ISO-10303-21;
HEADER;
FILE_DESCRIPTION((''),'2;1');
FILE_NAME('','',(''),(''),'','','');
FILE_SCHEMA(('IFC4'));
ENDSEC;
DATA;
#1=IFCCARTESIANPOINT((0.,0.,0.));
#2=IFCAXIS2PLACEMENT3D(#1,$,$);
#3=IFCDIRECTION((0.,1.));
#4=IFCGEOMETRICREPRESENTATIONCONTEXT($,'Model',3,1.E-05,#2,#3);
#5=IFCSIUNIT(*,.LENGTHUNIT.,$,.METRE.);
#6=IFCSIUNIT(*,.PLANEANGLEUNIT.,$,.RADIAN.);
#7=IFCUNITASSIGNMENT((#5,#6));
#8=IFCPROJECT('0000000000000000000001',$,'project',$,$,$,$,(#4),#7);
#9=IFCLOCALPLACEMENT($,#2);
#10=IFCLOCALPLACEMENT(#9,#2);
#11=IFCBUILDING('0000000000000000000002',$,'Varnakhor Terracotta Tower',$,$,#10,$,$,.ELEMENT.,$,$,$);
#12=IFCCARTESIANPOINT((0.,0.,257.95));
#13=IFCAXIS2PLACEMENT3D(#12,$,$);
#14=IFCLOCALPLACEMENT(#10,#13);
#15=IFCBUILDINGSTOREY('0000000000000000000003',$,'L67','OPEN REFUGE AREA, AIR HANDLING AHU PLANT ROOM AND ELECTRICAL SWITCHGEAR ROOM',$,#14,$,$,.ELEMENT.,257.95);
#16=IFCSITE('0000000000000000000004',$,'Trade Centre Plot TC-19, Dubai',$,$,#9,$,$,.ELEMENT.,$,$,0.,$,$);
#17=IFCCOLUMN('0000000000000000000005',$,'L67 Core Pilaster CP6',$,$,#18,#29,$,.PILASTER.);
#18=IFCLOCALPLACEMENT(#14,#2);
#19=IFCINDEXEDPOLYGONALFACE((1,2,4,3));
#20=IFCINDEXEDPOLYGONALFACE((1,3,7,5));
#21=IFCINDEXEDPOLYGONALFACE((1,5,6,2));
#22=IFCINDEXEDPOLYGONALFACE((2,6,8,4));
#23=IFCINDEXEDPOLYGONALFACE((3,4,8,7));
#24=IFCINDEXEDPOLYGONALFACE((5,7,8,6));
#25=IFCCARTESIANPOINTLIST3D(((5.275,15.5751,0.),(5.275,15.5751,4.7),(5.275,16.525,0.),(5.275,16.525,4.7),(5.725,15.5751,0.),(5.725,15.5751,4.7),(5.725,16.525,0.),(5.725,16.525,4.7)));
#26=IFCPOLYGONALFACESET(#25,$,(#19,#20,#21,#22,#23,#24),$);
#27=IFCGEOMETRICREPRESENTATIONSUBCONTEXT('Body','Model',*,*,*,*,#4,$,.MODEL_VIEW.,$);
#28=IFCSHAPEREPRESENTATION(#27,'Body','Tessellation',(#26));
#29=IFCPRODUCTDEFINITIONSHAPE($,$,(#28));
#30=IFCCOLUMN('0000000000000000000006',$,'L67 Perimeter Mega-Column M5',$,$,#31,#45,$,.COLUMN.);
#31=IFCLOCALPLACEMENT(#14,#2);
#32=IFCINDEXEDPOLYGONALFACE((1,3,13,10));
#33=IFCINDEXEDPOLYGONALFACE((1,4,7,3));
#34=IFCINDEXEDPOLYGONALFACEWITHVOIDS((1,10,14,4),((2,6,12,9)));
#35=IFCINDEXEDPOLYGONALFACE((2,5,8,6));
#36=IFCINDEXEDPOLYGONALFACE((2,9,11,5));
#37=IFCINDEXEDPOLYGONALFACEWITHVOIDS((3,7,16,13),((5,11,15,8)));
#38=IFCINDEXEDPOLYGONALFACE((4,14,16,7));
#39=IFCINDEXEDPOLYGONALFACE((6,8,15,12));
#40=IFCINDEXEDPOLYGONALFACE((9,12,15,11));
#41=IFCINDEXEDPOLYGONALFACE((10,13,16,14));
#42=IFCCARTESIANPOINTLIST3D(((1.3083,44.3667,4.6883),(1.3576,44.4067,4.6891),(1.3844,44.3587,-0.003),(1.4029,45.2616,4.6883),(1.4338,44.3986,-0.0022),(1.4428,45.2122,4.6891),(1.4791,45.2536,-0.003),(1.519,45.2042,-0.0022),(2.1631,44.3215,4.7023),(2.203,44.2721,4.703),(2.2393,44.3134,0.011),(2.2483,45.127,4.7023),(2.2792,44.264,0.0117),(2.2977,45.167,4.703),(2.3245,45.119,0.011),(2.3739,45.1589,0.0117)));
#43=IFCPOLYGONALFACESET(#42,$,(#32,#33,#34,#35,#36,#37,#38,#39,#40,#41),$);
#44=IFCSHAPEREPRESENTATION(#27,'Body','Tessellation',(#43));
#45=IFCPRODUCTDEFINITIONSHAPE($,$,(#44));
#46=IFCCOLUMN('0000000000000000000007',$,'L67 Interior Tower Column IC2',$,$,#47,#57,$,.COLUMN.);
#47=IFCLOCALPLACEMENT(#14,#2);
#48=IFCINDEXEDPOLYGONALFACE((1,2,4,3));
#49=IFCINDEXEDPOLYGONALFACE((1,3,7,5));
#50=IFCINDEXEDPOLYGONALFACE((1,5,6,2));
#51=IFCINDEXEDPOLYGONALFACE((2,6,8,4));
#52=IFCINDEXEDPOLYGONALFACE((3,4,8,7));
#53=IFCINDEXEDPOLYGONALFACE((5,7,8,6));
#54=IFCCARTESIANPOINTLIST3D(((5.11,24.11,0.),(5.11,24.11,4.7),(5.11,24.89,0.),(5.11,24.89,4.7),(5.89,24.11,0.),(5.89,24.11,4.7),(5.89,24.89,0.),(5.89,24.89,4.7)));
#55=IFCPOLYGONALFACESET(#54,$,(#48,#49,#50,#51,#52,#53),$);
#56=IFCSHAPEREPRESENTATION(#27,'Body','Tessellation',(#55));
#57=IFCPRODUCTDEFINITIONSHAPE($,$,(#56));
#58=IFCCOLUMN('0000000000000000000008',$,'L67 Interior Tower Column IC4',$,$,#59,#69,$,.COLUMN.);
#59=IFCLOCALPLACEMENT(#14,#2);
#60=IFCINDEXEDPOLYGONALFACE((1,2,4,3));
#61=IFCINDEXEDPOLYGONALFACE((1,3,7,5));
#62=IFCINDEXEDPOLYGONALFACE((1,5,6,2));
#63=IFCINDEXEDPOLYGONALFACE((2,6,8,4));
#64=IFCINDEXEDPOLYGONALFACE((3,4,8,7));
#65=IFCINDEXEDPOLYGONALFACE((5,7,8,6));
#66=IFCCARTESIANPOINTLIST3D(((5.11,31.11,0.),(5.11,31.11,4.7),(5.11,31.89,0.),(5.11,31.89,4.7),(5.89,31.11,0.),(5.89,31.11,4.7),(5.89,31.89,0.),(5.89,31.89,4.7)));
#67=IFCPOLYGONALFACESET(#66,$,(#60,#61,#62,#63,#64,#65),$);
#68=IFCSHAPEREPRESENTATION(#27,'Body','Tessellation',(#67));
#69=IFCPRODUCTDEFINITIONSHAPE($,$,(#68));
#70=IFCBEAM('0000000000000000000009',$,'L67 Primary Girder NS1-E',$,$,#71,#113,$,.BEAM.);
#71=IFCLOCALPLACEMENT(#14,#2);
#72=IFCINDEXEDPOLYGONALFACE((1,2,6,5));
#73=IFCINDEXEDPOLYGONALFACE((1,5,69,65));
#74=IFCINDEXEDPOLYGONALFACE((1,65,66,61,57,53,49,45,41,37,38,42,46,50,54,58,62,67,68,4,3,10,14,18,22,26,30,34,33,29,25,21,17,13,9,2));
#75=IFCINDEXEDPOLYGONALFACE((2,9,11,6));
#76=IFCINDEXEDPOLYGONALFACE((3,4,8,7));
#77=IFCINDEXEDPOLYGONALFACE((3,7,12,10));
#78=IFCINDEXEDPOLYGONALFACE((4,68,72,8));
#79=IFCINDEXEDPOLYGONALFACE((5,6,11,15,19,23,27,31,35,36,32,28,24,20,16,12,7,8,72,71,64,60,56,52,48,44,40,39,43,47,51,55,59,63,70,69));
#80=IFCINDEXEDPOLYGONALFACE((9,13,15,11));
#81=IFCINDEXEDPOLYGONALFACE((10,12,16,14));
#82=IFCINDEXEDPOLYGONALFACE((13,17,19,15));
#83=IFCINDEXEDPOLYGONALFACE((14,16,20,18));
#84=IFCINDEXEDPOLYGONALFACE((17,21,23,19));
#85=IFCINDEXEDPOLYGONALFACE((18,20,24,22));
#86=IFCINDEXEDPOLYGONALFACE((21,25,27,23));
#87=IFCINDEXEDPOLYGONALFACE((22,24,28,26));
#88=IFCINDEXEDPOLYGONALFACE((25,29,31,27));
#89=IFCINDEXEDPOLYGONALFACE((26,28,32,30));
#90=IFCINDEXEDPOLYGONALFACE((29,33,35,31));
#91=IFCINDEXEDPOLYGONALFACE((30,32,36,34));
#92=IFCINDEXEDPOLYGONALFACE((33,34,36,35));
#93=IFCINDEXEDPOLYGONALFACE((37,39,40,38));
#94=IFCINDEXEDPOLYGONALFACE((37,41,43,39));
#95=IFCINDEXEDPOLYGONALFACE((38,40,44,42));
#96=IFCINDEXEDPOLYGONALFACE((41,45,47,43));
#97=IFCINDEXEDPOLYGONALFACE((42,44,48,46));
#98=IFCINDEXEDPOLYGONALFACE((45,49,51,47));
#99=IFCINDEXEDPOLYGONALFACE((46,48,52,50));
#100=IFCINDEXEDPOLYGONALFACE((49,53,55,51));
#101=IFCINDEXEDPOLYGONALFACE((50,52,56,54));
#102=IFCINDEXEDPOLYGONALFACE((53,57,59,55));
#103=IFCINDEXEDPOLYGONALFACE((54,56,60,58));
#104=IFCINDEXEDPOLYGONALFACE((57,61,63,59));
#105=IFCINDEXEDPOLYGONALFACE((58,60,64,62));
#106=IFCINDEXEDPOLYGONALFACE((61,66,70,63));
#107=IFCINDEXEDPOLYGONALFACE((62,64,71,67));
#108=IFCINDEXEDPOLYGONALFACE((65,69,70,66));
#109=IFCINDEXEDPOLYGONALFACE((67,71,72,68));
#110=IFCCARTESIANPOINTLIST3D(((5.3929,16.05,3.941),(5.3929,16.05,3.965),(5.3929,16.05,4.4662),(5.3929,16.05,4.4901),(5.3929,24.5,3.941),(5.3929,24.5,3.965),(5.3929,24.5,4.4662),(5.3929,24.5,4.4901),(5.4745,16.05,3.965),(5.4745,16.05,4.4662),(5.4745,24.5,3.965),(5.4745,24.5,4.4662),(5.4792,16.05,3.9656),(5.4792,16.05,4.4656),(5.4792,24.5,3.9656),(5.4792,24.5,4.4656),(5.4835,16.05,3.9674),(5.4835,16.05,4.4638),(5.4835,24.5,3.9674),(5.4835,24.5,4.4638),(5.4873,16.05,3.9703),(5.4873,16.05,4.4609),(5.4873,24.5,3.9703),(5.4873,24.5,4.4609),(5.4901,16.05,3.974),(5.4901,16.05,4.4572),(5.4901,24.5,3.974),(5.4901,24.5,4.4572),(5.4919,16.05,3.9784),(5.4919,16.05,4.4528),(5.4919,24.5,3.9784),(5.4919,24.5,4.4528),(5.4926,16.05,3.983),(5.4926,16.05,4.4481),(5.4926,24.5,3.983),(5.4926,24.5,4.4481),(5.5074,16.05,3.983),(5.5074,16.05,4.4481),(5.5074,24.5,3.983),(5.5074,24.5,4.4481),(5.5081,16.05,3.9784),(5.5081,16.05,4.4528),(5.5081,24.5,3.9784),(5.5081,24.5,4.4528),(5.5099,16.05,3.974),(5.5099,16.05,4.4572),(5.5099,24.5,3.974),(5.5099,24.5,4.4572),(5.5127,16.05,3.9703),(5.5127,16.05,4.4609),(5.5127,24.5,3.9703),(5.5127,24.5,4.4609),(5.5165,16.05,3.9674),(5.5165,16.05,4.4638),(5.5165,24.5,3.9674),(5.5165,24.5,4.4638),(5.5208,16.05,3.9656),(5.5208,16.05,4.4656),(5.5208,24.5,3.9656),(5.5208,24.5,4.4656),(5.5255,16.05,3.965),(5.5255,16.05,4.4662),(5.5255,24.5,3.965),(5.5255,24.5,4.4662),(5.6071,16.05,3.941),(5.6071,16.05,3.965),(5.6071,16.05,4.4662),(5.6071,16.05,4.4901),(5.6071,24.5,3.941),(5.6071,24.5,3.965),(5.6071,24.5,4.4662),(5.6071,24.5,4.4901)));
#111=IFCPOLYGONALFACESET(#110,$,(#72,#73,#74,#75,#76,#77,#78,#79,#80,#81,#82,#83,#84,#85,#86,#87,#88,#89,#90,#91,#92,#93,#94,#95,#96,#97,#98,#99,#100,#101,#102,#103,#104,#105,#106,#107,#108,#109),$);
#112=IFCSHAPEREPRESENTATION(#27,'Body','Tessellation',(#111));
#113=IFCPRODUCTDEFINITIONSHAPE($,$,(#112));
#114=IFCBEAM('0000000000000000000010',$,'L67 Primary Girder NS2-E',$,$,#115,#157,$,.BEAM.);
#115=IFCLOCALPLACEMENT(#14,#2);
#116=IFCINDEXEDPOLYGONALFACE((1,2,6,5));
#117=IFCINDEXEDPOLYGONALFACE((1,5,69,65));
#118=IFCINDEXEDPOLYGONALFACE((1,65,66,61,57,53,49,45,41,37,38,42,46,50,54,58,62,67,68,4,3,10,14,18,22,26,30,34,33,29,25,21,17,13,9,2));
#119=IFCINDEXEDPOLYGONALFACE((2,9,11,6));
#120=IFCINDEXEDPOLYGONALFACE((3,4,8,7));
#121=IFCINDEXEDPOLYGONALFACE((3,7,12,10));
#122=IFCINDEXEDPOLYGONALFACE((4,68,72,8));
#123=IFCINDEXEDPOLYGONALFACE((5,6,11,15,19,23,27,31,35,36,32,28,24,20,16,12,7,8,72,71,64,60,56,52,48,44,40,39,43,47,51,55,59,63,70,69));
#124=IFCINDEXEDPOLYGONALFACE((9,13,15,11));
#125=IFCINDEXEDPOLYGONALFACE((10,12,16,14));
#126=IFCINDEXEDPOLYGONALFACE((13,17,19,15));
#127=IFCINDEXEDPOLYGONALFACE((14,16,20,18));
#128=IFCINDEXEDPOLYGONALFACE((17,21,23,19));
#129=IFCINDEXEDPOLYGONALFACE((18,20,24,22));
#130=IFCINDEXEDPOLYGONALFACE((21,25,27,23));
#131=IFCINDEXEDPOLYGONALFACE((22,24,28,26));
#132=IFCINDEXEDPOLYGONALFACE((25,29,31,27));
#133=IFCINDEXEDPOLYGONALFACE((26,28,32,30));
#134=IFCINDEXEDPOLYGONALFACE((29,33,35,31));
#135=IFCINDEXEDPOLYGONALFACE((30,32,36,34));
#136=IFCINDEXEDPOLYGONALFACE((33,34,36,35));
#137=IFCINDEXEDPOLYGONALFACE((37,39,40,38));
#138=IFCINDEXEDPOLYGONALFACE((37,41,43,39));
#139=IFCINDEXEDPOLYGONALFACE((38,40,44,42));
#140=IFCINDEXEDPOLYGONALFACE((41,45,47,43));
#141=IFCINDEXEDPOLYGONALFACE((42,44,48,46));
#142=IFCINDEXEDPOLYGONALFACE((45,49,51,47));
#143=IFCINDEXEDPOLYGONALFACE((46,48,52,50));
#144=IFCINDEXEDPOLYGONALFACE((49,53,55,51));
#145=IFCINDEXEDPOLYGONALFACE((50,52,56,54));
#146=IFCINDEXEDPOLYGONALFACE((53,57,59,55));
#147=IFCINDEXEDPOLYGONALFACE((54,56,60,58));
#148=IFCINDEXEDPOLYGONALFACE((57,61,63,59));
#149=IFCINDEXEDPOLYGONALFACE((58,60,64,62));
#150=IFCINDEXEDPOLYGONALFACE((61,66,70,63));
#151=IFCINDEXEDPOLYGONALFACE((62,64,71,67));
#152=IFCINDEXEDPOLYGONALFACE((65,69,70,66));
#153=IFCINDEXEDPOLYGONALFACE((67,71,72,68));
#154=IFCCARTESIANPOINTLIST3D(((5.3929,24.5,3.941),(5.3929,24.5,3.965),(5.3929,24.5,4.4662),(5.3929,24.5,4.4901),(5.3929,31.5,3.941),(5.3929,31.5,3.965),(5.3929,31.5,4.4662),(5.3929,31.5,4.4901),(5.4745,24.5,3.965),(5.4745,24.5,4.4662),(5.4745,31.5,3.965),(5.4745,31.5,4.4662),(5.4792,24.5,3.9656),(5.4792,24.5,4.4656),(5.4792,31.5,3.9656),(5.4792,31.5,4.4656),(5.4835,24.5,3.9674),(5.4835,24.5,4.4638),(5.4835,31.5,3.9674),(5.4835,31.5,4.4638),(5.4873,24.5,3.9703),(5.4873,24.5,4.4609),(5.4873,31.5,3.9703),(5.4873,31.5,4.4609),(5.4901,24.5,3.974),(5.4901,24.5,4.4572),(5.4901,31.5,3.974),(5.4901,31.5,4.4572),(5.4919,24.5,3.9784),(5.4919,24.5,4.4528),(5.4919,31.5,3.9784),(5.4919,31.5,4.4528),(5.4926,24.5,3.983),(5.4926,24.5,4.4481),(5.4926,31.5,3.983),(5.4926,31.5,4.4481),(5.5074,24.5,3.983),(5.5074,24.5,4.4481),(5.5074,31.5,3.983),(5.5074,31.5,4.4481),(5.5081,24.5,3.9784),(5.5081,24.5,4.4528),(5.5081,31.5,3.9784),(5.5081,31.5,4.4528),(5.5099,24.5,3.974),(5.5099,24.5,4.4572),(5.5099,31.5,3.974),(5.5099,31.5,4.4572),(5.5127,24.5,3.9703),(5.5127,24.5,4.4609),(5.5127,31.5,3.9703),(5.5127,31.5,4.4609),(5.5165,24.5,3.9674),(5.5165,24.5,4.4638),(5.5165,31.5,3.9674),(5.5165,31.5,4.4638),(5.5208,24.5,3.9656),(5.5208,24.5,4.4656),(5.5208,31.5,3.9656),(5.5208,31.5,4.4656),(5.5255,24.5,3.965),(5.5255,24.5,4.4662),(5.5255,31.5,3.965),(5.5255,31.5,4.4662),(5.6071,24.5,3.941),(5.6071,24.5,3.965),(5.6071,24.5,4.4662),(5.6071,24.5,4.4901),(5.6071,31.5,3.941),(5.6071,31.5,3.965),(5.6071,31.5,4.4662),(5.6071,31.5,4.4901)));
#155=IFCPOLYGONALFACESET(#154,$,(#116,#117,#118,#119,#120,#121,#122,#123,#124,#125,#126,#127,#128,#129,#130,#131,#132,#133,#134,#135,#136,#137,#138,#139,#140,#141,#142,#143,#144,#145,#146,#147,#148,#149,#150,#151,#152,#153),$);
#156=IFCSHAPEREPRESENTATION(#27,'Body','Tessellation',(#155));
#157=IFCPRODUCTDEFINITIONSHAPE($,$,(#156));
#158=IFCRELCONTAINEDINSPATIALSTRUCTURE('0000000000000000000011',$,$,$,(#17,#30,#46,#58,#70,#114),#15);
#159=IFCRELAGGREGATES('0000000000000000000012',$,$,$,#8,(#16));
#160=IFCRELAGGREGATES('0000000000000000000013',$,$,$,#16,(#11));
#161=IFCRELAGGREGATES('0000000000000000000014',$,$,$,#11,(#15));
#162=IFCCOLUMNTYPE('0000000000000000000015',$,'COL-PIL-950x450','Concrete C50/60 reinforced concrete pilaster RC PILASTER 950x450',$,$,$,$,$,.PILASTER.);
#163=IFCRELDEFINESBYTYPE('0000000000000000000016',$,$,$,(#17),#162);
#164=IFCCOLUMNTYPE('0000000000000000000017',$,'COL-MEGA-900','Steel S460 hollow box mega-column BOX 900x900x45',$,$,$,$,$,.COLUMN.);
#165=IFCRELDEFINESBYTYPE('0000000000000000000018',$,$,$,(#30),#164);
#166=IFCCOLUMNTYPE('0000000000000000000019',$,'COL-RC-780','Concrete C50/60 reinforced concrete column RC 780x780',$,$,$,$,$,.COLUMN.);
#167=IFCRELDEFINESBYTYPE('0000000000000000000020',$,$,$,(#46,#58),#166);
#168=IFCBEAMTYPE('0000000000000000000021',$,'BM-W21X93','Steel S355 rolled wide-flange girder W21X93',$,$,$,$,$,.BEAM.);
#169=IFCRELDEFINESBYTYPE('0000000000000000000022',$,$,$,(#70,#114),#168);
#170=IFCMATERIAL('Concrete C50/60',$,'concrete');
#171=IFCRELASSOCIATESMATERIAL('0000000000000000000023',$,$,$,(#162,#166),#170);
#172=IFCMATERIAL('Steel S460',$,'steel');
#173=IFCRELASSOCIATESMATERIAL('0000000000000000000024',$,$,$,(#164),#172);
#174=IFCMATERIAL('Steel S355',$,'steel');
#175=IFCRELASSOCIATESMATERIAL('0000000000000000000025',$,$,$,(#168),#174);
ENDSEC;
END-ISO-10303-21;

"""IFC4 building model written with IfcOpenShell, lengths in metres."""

from ifc_helpers import new_model, si_unit, direction, frame, origin, origin_2d, place, context, subcontext, project, spatial, rectangle, hollow_rectangle, i_section, extrude, source, transform, mapped, material, material_profile, profile_set, type_object, type_shapes, element, save


model = new_model("IFC4")

# Units and contexts
model_context = context("Model", 3, precision=1e-05, world=origin(), true_north=direction((0.0, 1.0)))
body_context = subcontext(model_context, "Body", "Model", "MODEL_VIEW")
ifc_project = project(units=[si_unit("LENGTHUNIT", "METRE"), si_unit("PLANEANGLEUNIT", "RADIAN")], contexts=[model_context])

# Site, building, storey
site_placement = place(None, origin())
site = spatial("IfcSite", under=ifc_project, at=site_placement, Name="Trade Centre Plot TC-19, Dubai", CompositionType="ELEMENT", RefElevation=0.0)
building_placement = place(site_placement, origin())
building = spatial("IfcBuilding", under=site, at=building_placement, Name="Varnakhor Terracotta Tower", CompositionType="ELEMENT")
storey_placement = place(building_placement, frame((0.0, 0.0, 257.95)))
storey = spatial("IfcBuildingStorey", under=building, at=storey_placement, Name="L67", Description="OPEN REFUGE AREA, AIR HANDLING AHU PLANT ROOM AND ELECTRICAL SWITCHGEAR ROOM", CompositionType="ELEMENT", Elevation=257.95)

# Columns
ifc_material_1 = material(Name="Concrete C50/60", Category="concrete")
ifc_material_profile_1 = material_profile(ifc_material_1, rectangle(XDim=0.45, YDim=0.95, at=origin_2d()), Name="RC PILASTER 950x450")
ifc_profile_set_1 = profile_set([ifc_material_profile_1], Name="Concrete C50/60")
column_type_1 = type_object("IfcColumnType", Name="COL-PIL-950x450", Description="Concrete C50/60 reinforced concrete pilaster RC PILASTER 950x450", PredefinedType="PILASTER", material=ifc_profile_set_1)
shared_shape_1 = source(origin(), body_context, "Body", "SweptSolid", [
    extrude(rectangle(XDim=0.45, YDim=0.95, at=origin_2d()), origin(), (0.0, 0.0, 1.0), 4.7),
])
column_1_placement = place(storey_placement, frame((5.5, 16.05, 0.0), z_axis=(0.0, 0.0, 1.0), x_axis=(1.0, 0.0, 0.0)))
element("IfcColumn", 1, at=column_1_placement, inside=storey, type_object=column_type_1, Name="L67 Core Pilaster CP6", PredefinedType="PILASTER", context=body_context, shape_type="MappedRepresentation", body=[
    mapped(shared_shape_1, transform((0.0, 0.0, 0.0), scale=1.0)),
])
ifc_material_2 = material(Name="Steel S460", Category="steel")
ifc_material_profile_2 = material_profile(ifc_material_2, hollow_rectangle(XDim=0.8999, YDim=0.8999, WallThickness=0.0449, at=origin_2d()), Name="BOX 900x900x45")
ifc_profile_set_2 = profile_set([ifc_material_profile_2], Name="Steel S460")
column_type_2 = type_object("IfcColumnType", Name="COL-MEGA-900", Description="Steel S460 hollow box mega-column BOX 900x900x45", PredefinedType="COLUMN", material=ifc_profile_set_2)
shared_shape_2 = source(origin(), body_context, "Body", "SweptSolid", [
    extrude(hollow_rectangle(XDim=0.8999, YDim=0.8999, WallThickness=0.0449, at=origin_2d()), origin(), (0.0, 0.0, 1.0), 4.6919),
])
column_2_placement = place(storey_placement, frame((1.8792, 44.7588, 0.0044), z_axis=(-0.016235, 0.001717, 0.999867), x_axis=(-0.105183, -0.994453, 0.0)))
element("IfcColumn", 2, at=column_2_placement, inside=storey, type_object=column_type_2, Name="L67 Perimeter Mega-Column M5", PredefinedType="COLUMN", context=body_context, shape_type="MappedRepresentation", body=[
    mapped(shared_shape_2, transform((0.0, 0.0, 0.0), scale=1.0)),
])
ifc_material_profile_3 = material_profile(ifc_material_1, rectangle(XDim=0.78, YDim=0.78, at=origin_2d()), Name="RC 780x780")
ifc_profile_set_3 = profile_set([ifc_material_profile_3], Name="Concrete C50/60")
column_type_3 = type_object("IfcColumnType", Name="COL-RC-780", Description="Concrete C50/60 reinforced concrete column RC 780x780", PredefinedType="COLUMN", material=ifc_profile_set_3)
shared_shape_3 = source(origin(), body_context, "Body", "SweptSolid", [
    extrude(rectangle(XDim=0.78, YDim=0.78, at=origin_2d()), origin(), (0.0, 0.0, 1.0), 4.7),
])
for number, where, z_axis, x_axis, name in (
    (3, (5.5, 24.5, 0.0), (0.0, 0.0, 1.0), (1.0, 0.0, 0.0), "L67 Interior Tower Column IC2"),
    (4, (5.5, 31.5, 0.0), (0.0, 0.0, 1.0), (1.0, 0.0, 0.0), "L67 Interior Tower Column IC4"),
):
    element("IfcColumn", number, at=place(storey_placement, frame(where, z_axis=z_axis, x_axis=x_axis)), inside=storey, type_object=column_type_3, Name=name, PredefinedType="COLUMN", context=body_context, shape_type="MappedRepresentation", body=[
        mapped(shared_shape_3, transform((0.0, 0.0, 0.0), scale=1.0)),
    ])

# Beams
ifc_material_3 = material(Name="Steel S355", Category="steel")
ifc_material_profile_4 = material_profile(ifc_material_3, i_section(OverallWidth=0.2141, OverallDepth=0.5491, WebThickness=0.0149, FlangeThickness=0.0239, FilletRadius=0.0181, at=origin_2d()), Name="W21X93")
ifc_profile_set_4 = profile_set([ifc_material_profile_4], Name="Steel S355")
beam_type_1 = type_object("IfcBeamType", Name="BM-W21X93", Description="Steel S355 rolled wide-flange girder W21X93", PredefinedType="BEAM", material=ifc_profile_set_4)
shared_shape_4 = source(origin(), body_context, "Body", "SweptSolid", [
    extrude(i_section(OverallWidth=0.2141, OverallDepth=0.5491, WebThickness=0.0149, FlangeThickness=0.0239, FilletRadius=0.0181, at=origin_2d()), origin(), (0.0, 0.0, 1.0), 8.45),
])
type_shapes(beam_type_1, [shared_shape_4])
beam_1_placement = place(storey_placement, frame((5.5, 16.05, 4.2156), z_axis=(0.0, 1.0, 0.0), x_axis=(-1.0, 0.0, 0.0)))
element("IfcBeam", 5, at=beam_1_placement, inside=storey, type_object=beam_type_1, Name="L67 Primary Girder NS1-E", PredefinedType="BEAM", context=body_context, shape_type="MappedRepresentation", body=[
    mapped(shared_shape_4, transform((0.0, 0.0, 0.0), scale=1.0)),
])
shared_shape_5 = source(origin(), body_context, "Body", "SweptSolid", [
    extrude(i_section(OverallWidth=0.2141, OverallDepth=0.5491, WebThickness=0.0149, FlangeThickness=0.0239, FilletRadius=0.0181, at=origin_2d()), origin(), (0.0, 0.0, 1.0), 7.0),
])
beam_2_placement = place(storey_placement, frame((5.5, 24.5, 4.2156), z_axis=(0.0, 1.0, 0.0), x_axis=(-1.0, 0.0, 0.0)))
element("IfcBeam", 6, at=beam_2_placement, inside=storey, type_object=beam_type_1, Name="L67 Primary Girder NS2-E", PredefinedType="BEAM", context=body_context, shape_type="MappedRepresentation", body=[
    mapped(shared_shape_5, transform((0.0, 0.0, 0.0), scale=1.0)),
])

save(model, "model.ifc")
